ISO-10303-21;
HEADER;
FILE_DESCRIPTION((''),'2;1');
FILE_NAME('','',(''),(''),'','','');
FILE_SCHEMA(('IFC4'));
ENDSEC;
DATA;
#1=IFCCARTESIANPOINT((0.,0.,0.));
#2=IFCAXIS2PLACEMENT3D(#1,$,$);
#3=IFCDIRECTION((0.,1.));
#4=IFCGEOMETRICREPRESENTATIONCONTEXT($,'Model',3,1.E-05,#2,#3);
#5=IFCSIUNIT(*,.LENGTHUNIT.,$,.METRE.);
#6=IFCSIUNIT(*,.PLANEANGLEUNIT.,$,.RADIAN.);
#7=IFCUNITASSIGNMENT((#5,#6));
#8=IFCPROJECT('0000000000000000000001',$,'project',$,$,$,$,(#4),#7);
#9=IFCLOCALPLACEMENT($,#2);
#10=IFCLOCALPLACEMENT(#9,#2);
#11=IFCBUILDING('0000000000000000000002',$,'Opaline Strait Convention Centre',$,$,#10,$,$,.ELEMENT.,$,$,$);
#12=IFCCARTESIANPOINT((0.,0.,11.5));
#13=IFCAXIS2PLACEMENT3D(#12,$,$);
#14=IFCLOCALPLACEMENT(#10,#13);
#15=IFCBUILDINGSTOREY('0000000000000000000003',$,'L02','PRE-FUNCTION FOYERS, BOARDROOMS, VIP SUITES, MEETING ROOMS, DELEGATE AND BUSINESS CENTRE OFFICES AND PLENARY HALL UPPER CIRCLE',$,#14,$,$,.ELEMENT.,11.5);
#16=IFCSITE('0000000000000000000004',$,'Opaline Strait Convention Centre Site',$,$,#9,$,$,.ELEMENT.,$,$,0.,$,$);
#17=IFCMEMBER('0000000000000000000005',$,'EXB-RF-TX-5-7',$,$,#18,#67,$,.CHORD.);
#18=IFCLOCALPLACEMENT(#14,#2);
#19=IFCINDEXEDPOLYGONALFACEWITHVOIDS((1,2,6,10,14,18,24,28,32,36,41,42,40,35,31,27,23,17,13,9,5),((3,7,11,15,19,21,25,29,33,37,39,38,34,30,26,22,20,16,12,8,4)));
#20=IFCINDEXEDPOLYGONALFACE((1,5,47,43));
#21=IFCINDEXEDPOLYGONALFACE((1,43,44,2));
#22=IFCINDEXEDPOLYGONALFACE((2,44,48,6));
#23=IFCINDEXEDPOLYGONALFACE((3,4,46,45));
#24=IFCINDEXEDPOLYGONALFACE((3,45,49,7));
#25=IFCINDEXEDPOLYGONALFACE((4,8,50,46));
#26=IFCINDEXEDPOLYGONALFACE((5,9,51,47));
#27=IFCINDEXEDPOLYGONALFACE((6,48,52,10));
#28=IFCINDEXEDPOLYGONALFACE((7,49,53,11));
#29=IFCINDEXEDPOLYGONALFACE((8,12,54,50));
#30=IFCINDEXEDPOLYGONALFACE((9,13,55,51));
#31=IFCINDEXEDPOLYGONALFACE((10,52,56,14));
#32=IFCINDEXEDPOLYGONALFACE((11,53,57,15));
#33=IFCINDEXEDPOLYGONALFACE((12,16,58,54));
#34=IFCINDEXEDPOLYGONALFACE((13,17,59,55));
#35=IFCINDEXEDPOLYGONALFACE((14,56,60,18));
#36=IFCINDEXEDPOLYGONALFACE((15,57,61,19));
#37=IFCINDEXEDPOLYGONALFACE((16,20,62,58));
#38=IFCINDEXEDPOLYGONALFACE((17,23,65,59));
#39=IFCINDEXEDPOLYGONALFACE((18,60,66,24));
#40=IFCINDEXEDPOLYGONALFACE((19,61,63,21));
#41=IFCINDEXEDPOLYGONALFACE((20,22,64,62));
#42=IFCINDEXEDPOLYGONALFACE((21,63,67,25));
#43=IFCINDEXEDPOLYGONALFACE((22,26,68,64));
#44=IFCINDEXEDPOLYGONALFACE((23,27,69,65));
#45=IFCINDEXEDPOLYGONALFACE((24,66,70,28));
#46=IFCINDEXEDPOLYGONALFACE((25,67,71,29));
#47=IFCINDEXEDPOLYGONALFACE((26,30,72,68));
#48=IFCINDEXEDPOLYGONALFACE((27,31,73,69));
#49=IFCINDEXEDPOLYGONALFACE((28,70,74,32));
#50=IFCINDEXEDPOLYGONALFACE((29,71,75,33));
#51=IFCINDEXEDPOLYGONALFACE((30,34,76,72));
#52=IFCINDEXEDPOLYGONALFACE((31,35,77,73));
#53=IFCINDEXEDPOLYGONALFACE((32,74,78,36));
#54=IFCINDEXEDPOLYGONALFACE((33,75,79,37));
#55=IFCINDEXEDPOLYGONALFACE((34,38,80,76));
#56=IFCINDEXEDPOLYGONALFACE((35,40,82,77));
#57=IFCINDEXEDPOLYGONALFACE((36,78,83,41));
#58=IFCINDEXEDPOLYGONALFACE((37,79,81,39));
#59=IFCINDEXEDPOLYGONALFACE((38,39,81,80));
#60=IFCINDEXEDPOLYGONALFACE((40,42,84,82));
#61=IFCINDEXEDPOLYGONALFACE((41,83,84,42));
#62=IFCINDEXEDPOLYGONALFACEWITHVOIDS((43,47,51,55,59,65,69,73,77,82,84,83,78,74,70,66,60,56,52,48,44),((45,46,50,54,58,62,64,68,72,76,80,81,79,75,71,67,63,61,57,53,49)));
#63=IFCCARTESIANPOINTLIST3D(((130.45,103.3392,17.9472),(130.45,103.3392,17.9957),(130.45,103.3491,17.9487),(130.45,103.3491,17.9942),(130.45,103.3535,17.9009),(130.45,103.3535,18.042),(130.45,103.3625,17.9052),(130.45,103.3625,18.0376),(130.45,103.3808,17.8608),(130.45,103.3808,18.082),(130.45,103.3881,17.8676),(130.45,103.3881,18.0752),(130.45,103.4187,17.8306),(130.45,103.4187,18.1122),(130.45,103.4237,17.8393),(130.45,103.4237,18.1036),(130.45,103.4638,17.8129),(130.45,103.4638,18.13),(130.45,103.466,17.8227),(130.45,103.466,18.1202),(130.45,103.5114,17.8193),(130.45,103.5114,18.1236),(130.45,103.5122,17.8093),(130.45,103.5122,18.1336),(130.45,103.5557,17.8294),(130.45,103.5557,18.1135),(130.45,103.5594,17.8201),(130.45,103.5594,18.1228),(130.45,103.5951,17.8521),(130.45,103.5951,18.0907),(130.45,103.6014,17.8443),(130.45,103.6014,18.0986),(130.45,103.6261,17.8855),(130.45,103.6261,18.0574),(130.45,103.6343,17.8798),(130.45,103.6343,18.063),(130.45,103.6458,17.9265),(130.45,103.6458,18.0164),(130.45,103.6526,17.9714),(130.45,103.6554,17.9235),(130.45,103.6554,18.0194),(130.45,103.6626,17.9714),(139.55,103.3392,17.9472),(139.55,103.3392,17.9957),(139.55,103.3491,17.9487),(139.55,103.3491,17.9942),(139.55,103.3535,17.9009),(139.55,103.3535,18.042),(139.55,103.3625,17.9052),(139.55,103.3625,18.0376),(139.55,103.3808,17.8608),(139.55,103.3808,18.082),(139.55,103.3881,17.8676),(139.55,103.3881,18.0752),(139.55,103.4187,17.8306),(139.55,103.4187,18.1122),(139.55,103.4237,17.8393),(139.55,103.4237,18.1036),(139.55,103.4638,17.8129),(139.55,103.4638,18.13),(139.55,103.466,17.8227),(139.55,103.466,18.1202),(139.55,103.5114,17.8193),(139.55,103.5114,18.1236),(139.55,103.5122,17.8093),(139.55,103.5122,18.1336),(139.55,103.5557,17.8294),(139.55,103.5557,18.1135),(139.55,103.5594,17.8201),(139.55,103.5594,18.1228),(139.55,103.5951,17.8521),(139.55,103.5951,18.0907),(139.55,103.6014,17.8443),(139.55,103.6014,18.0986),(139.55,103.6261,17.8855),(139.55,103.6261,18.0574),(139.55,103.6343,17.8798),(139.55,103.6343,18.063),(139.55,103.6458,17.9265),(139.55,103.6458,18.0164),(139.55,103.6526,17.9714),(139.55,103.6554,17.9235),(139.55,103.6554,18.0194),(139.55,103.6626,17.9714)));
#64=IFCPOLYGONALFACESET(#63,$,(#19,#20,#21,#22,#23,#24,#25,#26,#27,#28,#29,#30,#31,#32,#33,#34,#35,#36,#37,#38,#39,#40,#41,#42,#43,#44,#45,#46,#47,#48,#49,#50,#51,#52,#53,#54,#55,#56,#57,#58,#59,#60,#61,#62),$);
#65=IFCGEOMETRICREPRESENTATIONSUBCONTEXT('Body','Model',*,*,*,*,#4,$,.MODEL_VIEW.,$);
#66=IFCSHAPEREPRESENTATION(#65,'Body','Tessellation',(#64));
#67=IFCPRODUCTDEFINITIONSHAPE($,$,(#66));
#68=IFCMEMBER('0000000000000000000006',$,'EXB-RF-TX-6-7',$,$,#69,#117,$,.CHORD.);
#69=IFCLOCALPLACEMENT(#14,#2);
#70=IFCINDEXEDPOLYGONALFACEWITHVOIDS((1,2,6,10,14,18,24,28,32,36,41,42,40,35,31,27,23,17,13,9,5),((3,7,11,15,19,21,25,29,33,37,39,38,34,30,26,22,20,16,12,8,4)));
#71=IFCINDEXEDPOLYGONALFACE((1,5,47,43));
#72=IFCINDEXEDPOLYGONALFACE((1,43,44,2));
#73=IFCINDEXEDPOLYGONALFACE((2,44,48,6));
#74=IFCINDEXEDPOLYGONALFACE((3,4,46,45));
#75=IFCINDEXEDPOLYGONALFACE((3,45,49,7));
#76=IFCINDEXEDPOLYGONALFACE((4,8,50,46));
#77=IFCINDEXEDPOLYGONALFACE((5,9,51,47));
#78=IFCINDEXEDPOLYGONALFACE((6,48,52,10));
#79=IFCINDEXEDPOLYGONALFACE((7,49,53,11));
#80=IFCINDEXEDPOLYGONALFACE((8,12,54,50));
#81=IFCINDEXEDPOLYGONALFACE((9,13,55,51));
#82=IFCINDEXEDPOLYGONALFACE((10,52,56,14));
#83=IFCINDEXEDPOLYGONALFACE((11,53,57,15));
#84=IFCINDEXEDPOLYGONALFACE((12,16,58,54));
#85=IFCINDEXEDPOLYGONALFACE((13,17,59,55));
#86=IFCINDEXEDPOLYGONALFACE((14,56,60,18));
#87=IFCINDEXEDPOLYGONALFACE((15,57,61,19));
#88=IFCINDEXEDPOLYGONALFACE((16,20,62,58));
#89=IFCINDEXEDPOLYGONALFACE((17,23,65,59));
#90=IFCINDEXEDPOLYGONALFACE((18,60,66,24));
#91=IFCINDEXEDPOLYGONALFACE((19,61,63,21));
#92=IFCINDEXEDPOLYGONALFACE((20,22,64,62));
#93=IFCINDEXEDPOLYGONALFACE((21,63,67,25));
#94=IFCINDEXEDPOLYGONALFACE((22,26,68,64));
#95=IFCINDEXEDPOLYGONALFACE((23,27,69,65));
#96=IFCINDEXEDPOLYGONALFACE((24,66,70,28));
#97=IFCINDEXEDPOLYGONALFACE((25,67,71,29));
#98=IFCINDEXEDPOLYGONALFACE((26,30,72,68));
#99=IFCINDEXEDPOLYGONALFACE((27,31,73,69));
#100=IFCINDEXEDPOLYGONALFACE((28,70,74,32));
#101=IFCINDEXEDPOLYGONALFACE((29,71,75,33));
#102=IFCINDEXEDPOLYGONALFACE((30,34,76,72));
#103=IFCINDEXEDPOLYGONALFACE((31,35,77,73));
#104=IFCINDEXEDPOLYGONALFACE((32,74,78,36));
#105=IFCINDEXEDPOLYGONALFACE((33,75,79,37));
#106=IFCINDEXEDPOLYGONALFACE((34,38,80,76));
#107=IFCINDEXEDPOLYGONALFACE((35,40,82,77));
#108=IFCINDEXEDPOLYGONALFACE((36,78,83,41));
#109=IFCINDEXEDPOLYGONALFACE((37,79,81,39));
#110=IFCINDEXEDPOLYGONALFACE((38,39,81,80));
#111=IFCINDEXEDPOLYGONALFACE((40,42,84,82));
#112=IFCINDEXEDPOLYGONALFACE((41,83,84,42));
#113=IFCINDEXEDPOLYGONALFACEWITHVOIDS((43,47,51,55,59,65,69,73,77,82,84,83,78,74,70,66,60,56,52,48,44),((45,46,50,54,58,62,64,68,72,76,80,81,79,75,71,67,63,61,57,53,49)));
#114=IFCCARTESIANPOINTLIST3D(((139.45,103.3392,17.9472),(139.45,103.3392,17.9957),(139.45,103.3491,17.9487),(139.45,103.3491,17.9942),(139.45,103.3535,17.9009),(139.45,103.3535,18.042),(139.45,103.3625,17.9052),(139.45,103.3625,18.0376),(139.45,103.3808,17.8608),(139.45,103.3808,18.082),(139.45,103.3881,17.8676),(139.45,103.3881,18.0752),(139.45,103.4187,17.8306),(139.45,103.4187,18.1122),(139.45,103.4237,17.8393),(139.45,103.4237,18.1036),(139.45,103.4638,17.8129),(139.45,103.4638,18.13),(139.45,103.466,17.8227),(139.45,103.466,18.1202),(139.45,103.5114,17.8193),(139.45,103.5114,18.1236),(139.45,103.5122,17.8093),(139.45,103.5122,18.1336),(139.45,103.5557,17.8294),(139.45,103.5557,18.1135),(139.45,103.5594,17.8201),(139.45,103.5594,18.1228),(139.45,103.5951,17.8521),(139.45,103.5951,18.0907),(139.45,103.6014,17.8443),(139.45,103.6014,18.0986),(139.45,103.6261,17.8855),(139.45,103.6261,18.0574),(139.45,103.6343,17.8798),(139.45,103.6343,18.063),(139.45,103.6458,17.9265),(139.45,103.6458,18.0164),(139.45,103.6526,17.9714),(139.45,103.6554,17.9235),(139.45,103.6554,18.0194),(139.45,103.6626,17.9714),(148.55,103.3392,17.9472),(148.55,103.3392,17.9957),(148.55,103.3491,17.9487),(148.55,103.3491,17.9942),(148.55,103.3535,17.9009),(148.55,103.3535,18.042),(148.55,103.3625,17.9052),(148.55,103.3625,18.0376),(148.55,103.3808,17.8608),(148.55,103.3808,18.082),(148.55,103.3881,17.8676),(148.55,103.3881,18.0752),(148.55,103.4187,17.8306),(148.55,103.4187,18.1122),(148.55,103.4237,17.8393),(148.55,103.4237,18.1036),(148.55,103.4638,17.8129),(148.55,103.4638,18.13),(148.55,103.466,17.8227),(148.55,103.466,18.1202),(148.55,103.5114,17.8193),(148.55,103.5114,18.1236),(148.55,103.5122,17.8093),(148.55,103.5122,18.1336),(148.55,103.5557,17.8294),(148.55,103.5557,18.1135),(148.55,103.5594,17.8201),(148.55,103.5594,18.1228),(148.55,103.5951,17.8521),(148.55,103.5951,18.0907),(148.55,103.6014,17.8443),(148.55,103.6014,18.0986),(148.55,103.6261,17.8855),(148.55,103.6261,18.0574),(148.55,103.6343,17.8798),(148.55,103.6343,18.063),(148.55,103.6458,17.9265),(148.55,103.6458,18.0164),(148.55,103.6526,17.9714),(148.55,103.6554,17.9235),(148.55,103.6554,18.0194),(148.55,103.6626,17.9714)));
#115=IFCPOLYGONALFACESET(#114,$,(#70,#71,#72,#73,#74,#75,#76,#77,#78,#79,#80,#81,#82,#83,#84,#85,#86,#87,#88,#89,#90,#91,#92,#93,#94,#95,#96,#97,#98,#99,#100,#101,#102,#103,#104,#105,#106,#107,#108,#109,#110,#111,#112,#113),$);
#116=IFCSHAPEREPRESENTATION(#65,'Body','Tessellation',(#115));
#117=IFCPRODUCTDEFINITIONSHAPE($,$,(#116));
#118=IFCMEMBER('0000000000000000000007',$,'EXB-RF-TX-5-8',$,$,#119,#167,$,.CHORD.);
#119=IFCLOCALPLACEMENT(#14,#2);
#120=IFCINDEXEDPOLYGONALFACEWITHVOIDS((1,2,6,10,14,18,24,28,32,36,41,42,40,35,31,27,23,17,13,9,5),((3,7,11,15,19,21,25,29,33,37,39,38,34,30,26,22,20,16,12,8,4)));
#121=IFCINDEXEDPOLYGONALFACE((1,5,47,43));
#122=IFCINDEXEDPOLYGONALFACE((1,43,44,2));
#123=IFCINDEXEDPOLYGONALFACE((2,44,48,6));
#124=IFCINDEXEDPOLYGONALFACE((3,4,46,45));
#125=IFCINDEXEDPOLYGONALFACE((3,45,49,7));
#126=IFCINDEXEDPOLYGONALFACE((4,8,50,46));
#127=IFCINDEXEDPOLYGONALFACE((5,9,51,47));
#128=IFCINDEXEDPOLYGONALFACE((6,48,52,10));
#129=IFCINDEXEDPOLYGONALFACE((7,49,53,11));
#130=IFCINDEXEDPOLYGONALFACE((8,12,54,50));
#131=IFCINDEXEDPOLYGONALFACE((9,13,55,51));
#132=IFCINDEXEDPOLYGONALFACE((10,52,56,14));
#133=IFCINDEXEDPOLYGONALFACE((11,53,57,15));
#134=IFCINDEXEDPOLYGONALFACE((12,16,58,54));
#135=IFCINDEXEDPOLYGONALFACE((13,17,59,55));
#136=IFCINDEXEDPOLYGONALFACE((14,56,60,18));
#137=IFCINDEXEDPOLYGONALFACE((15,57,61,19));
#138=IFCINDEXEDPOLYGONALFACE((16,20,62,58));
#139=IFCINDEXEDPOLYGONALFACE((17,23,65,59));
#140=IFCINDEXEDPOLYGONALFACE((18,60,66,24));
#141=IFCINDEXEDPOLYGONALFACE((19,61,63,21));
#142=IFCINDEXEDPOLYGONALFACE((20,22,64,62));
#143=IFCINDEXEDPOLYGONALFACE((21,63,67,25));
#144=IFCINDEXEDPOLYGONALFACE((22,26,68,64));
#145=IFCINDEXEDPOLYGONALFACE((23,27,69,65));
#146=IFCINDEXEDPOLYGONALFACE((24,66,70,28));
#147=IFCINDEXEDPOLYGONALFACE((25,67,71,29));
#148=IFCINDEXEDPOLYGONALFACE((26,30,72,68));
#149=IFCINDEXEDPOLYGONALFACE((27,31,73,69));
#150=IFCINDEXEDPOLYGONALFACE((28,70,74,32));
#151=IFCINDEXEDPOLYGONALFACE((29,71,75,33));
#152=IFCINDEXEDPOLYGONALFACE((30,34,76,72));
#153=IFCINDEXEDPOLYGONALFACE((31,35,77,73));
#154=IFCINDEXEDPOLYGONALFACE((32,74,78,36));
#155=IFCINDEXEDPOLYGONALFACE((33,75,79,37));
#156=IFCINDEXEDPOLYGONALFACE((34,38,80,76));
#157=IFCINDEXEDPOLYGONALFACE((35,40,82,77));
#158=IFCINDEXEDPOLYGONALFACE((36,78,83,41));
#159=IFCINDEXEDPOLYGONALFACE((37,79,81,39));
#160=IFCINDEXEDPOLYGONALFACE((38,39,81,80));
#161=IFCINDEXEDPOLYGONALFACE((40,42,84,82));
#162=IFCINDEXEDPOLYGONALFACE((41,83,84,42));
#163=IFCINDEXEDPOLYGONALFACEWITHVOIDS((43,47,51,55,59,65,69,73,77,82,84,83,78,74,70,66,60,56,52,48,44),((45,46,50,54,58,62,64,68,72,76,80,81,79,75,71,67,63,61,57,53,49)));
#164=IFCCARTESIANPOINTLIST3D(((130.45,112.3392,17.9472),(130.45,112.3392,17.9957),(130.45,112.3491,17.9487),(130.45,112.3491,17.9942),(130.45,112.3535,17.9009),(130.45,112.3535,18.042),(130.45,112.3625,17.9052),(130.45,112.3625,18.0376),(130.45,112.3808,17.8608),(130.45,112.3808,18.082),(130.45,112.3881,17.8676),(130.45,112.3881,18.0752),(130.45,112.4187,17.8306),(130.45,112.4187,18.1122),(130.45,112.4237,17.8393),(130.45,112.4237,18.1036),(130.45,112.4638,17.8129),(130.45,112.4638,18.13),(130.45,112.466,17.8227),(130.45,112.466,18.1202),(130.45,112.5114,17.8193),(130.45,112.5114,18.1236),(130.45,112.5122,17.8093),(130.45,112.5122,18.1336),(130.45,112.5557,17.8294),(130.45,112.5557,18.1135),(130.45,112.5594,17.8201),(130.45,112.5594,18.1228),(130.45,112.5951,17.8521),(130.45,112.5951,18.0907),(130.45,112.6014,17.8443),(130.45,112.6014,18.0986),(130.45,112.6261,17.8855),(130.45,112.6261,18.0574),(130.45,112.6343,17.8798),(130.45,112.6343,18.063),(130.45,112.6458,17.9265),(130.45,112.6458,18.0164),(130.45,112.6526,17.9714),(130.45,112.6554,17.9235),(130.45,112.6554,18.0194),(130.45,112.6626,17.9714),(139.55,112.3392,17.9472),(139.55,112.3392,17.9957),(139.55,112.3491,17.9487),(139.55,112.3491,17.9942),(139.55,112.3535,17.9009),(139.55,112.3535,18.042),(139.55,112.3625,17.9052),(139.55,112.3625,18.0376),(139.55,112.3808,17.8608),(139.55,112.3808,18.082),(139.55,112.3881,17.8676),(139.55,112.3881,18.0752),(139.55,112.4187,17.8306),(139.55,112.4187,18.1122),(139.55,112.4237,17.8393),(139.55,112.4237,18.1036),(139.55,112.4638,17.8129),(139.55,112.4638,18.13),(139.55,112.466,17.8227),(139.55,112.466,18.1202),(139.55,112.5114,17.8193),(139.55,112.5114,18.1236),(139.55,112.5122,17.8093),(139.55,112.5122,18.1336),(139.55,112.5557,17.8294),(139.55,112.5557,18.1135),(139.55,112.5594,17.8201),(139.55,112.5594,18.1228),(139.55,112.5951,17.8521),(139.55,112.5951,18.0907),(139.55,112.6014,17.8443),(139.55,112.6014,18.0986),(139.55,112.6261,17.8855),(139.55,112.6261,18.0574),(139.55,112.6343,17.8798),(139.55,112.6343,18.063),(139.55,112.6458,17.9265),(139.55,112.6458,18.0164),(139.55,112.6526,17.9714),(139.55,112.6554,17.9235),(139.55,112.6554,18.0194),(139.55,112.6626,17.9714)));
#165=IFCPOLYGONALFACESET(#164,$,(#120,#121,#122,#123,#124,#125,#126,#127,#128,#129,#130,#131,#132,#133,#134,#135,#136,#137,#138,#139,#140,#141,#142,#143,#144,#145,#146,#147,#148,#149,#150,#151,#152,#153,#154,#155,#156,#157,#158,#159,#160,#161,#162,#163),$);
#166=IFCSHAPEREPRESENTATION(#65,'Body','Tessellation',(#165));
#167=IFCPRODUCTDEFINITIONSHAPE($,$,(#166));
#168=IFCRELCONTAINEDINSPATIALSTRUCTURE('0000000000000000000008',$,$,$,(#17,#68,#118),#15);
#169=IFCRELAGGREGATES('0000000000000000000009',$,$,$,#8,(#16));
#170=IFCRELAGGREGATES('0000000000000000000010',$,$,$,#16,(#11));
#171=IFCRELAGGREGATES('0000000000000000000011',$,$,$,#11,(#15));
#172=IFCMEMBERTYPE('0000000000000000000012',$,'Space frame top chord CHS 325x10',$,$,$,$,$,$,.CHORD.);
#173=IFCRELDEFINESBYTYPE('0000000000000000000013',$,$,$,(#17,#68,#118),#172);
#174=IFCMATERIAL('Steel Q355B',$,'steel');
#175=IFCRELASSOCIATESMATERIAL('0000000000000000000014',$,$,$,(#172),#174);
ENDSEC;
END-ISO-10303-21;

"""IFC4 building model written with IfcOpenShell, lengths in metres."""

from ifc_helpers import new_model, si_unit, direction, frame, origin, origin_2d, place, context, subcontext, project, spatial, hollow_circle, extrude, material, material_profile, profile_set, type_object, element, save


model = new_model("IFC4")

# Units and contexts
model_context = context("Model", 3, precision=1e-05, world=origin(), true_north=direction((0.0, 1.0)))
body_context = subcontext(model_context, "Body", "Model", "MODEL_VIEW")
ifc_project = project(units=[si_unit("LENGTHUNIT", "METRE"), si_unit("PLANEANGLEUNIT", "RADIAN")], contexts=[model_context])

# Site, building, storey
site_placement = place(None, origin())
site = spatial("IfcSite", under=ifc_project, at=site_placement, Name="Opaline Strait Convention Centre Site", CompositionType="ELEMENT", RefElevation=0.0)
building_placement = place(site_placement, origin())
building = spatial("IfcBuilding", under=site, at=building_placement, Name="Opaline Strait Convention Centre", CompositionType="ELEMENT")
storey_placement = place(building_placement, frame((0.0, 0.0, 11.5)))
storey = spatial("IfcBuildingStorey", under=building, at=storey_placement, Name="L02", Description="PRE-FUNCTION FOYERS, BOARDROOMS, VIP SUITES, MEETING ROOMS, DELEGATE AND BUSINESS CENTRE OFFICES AND PLENARY HALL UPPER CIRCLE", CompositionType="ELEMENT", Elevation=11.5)

# Members
ifc_material = material(Name="Steel Q355B", Category="steel")
ifc_material_profile_1 = material_profile(ifc_material, hollow_circle(Radius=0.1626, WallThickness=0.01, at=origin_2d()), Name="CHS 325x10")
ifc_profile_set_1 = profile_set([ifc_material_profile_1], Name="Steel Q355B")
member_type_1 = type_object("IfcMemberType", Name="Space frame top chord CHS 325x10", PredefinedType="CHORD", material=ifc_profile_set_1)
for number, where, z_axis, x_axis, name in (
    (1, (130.45, 103.5, 17.9714), (1.0, 0.0, 0.0), (0.0, 1.0, 0.0), "EXB-RF-TX-5-7"),
    (2, (139.45, 103.5, 17.9714), (1.0, 0.0, 0.0), (0.0, 1.0, 0.0), "EXB-RF-TX-6-7"),
    (3, (130.45, 112.5, 17.9714), (1.0, 0.0, 0.0), (0.0, 1.0, 0.0), "EXB-RF-TX-5-8"),
):
    element("IfcMember", number, at=place(storey_placement, frame(where, z_axis=z_axis, x_axis=x_axis)), inside=storey, type_object=member_type_1, Name=name, PredefinedType="CHORD", context=body_context, shape_type="SweptSolid", body=[
        extrude(hollow_circle(Radius=0.1626, WallThickness=0.01, at=origin_2d()), origin(), (0.0, 0.0, 1.0), 9.1001),
    ])

save(model, "model.ifc")
